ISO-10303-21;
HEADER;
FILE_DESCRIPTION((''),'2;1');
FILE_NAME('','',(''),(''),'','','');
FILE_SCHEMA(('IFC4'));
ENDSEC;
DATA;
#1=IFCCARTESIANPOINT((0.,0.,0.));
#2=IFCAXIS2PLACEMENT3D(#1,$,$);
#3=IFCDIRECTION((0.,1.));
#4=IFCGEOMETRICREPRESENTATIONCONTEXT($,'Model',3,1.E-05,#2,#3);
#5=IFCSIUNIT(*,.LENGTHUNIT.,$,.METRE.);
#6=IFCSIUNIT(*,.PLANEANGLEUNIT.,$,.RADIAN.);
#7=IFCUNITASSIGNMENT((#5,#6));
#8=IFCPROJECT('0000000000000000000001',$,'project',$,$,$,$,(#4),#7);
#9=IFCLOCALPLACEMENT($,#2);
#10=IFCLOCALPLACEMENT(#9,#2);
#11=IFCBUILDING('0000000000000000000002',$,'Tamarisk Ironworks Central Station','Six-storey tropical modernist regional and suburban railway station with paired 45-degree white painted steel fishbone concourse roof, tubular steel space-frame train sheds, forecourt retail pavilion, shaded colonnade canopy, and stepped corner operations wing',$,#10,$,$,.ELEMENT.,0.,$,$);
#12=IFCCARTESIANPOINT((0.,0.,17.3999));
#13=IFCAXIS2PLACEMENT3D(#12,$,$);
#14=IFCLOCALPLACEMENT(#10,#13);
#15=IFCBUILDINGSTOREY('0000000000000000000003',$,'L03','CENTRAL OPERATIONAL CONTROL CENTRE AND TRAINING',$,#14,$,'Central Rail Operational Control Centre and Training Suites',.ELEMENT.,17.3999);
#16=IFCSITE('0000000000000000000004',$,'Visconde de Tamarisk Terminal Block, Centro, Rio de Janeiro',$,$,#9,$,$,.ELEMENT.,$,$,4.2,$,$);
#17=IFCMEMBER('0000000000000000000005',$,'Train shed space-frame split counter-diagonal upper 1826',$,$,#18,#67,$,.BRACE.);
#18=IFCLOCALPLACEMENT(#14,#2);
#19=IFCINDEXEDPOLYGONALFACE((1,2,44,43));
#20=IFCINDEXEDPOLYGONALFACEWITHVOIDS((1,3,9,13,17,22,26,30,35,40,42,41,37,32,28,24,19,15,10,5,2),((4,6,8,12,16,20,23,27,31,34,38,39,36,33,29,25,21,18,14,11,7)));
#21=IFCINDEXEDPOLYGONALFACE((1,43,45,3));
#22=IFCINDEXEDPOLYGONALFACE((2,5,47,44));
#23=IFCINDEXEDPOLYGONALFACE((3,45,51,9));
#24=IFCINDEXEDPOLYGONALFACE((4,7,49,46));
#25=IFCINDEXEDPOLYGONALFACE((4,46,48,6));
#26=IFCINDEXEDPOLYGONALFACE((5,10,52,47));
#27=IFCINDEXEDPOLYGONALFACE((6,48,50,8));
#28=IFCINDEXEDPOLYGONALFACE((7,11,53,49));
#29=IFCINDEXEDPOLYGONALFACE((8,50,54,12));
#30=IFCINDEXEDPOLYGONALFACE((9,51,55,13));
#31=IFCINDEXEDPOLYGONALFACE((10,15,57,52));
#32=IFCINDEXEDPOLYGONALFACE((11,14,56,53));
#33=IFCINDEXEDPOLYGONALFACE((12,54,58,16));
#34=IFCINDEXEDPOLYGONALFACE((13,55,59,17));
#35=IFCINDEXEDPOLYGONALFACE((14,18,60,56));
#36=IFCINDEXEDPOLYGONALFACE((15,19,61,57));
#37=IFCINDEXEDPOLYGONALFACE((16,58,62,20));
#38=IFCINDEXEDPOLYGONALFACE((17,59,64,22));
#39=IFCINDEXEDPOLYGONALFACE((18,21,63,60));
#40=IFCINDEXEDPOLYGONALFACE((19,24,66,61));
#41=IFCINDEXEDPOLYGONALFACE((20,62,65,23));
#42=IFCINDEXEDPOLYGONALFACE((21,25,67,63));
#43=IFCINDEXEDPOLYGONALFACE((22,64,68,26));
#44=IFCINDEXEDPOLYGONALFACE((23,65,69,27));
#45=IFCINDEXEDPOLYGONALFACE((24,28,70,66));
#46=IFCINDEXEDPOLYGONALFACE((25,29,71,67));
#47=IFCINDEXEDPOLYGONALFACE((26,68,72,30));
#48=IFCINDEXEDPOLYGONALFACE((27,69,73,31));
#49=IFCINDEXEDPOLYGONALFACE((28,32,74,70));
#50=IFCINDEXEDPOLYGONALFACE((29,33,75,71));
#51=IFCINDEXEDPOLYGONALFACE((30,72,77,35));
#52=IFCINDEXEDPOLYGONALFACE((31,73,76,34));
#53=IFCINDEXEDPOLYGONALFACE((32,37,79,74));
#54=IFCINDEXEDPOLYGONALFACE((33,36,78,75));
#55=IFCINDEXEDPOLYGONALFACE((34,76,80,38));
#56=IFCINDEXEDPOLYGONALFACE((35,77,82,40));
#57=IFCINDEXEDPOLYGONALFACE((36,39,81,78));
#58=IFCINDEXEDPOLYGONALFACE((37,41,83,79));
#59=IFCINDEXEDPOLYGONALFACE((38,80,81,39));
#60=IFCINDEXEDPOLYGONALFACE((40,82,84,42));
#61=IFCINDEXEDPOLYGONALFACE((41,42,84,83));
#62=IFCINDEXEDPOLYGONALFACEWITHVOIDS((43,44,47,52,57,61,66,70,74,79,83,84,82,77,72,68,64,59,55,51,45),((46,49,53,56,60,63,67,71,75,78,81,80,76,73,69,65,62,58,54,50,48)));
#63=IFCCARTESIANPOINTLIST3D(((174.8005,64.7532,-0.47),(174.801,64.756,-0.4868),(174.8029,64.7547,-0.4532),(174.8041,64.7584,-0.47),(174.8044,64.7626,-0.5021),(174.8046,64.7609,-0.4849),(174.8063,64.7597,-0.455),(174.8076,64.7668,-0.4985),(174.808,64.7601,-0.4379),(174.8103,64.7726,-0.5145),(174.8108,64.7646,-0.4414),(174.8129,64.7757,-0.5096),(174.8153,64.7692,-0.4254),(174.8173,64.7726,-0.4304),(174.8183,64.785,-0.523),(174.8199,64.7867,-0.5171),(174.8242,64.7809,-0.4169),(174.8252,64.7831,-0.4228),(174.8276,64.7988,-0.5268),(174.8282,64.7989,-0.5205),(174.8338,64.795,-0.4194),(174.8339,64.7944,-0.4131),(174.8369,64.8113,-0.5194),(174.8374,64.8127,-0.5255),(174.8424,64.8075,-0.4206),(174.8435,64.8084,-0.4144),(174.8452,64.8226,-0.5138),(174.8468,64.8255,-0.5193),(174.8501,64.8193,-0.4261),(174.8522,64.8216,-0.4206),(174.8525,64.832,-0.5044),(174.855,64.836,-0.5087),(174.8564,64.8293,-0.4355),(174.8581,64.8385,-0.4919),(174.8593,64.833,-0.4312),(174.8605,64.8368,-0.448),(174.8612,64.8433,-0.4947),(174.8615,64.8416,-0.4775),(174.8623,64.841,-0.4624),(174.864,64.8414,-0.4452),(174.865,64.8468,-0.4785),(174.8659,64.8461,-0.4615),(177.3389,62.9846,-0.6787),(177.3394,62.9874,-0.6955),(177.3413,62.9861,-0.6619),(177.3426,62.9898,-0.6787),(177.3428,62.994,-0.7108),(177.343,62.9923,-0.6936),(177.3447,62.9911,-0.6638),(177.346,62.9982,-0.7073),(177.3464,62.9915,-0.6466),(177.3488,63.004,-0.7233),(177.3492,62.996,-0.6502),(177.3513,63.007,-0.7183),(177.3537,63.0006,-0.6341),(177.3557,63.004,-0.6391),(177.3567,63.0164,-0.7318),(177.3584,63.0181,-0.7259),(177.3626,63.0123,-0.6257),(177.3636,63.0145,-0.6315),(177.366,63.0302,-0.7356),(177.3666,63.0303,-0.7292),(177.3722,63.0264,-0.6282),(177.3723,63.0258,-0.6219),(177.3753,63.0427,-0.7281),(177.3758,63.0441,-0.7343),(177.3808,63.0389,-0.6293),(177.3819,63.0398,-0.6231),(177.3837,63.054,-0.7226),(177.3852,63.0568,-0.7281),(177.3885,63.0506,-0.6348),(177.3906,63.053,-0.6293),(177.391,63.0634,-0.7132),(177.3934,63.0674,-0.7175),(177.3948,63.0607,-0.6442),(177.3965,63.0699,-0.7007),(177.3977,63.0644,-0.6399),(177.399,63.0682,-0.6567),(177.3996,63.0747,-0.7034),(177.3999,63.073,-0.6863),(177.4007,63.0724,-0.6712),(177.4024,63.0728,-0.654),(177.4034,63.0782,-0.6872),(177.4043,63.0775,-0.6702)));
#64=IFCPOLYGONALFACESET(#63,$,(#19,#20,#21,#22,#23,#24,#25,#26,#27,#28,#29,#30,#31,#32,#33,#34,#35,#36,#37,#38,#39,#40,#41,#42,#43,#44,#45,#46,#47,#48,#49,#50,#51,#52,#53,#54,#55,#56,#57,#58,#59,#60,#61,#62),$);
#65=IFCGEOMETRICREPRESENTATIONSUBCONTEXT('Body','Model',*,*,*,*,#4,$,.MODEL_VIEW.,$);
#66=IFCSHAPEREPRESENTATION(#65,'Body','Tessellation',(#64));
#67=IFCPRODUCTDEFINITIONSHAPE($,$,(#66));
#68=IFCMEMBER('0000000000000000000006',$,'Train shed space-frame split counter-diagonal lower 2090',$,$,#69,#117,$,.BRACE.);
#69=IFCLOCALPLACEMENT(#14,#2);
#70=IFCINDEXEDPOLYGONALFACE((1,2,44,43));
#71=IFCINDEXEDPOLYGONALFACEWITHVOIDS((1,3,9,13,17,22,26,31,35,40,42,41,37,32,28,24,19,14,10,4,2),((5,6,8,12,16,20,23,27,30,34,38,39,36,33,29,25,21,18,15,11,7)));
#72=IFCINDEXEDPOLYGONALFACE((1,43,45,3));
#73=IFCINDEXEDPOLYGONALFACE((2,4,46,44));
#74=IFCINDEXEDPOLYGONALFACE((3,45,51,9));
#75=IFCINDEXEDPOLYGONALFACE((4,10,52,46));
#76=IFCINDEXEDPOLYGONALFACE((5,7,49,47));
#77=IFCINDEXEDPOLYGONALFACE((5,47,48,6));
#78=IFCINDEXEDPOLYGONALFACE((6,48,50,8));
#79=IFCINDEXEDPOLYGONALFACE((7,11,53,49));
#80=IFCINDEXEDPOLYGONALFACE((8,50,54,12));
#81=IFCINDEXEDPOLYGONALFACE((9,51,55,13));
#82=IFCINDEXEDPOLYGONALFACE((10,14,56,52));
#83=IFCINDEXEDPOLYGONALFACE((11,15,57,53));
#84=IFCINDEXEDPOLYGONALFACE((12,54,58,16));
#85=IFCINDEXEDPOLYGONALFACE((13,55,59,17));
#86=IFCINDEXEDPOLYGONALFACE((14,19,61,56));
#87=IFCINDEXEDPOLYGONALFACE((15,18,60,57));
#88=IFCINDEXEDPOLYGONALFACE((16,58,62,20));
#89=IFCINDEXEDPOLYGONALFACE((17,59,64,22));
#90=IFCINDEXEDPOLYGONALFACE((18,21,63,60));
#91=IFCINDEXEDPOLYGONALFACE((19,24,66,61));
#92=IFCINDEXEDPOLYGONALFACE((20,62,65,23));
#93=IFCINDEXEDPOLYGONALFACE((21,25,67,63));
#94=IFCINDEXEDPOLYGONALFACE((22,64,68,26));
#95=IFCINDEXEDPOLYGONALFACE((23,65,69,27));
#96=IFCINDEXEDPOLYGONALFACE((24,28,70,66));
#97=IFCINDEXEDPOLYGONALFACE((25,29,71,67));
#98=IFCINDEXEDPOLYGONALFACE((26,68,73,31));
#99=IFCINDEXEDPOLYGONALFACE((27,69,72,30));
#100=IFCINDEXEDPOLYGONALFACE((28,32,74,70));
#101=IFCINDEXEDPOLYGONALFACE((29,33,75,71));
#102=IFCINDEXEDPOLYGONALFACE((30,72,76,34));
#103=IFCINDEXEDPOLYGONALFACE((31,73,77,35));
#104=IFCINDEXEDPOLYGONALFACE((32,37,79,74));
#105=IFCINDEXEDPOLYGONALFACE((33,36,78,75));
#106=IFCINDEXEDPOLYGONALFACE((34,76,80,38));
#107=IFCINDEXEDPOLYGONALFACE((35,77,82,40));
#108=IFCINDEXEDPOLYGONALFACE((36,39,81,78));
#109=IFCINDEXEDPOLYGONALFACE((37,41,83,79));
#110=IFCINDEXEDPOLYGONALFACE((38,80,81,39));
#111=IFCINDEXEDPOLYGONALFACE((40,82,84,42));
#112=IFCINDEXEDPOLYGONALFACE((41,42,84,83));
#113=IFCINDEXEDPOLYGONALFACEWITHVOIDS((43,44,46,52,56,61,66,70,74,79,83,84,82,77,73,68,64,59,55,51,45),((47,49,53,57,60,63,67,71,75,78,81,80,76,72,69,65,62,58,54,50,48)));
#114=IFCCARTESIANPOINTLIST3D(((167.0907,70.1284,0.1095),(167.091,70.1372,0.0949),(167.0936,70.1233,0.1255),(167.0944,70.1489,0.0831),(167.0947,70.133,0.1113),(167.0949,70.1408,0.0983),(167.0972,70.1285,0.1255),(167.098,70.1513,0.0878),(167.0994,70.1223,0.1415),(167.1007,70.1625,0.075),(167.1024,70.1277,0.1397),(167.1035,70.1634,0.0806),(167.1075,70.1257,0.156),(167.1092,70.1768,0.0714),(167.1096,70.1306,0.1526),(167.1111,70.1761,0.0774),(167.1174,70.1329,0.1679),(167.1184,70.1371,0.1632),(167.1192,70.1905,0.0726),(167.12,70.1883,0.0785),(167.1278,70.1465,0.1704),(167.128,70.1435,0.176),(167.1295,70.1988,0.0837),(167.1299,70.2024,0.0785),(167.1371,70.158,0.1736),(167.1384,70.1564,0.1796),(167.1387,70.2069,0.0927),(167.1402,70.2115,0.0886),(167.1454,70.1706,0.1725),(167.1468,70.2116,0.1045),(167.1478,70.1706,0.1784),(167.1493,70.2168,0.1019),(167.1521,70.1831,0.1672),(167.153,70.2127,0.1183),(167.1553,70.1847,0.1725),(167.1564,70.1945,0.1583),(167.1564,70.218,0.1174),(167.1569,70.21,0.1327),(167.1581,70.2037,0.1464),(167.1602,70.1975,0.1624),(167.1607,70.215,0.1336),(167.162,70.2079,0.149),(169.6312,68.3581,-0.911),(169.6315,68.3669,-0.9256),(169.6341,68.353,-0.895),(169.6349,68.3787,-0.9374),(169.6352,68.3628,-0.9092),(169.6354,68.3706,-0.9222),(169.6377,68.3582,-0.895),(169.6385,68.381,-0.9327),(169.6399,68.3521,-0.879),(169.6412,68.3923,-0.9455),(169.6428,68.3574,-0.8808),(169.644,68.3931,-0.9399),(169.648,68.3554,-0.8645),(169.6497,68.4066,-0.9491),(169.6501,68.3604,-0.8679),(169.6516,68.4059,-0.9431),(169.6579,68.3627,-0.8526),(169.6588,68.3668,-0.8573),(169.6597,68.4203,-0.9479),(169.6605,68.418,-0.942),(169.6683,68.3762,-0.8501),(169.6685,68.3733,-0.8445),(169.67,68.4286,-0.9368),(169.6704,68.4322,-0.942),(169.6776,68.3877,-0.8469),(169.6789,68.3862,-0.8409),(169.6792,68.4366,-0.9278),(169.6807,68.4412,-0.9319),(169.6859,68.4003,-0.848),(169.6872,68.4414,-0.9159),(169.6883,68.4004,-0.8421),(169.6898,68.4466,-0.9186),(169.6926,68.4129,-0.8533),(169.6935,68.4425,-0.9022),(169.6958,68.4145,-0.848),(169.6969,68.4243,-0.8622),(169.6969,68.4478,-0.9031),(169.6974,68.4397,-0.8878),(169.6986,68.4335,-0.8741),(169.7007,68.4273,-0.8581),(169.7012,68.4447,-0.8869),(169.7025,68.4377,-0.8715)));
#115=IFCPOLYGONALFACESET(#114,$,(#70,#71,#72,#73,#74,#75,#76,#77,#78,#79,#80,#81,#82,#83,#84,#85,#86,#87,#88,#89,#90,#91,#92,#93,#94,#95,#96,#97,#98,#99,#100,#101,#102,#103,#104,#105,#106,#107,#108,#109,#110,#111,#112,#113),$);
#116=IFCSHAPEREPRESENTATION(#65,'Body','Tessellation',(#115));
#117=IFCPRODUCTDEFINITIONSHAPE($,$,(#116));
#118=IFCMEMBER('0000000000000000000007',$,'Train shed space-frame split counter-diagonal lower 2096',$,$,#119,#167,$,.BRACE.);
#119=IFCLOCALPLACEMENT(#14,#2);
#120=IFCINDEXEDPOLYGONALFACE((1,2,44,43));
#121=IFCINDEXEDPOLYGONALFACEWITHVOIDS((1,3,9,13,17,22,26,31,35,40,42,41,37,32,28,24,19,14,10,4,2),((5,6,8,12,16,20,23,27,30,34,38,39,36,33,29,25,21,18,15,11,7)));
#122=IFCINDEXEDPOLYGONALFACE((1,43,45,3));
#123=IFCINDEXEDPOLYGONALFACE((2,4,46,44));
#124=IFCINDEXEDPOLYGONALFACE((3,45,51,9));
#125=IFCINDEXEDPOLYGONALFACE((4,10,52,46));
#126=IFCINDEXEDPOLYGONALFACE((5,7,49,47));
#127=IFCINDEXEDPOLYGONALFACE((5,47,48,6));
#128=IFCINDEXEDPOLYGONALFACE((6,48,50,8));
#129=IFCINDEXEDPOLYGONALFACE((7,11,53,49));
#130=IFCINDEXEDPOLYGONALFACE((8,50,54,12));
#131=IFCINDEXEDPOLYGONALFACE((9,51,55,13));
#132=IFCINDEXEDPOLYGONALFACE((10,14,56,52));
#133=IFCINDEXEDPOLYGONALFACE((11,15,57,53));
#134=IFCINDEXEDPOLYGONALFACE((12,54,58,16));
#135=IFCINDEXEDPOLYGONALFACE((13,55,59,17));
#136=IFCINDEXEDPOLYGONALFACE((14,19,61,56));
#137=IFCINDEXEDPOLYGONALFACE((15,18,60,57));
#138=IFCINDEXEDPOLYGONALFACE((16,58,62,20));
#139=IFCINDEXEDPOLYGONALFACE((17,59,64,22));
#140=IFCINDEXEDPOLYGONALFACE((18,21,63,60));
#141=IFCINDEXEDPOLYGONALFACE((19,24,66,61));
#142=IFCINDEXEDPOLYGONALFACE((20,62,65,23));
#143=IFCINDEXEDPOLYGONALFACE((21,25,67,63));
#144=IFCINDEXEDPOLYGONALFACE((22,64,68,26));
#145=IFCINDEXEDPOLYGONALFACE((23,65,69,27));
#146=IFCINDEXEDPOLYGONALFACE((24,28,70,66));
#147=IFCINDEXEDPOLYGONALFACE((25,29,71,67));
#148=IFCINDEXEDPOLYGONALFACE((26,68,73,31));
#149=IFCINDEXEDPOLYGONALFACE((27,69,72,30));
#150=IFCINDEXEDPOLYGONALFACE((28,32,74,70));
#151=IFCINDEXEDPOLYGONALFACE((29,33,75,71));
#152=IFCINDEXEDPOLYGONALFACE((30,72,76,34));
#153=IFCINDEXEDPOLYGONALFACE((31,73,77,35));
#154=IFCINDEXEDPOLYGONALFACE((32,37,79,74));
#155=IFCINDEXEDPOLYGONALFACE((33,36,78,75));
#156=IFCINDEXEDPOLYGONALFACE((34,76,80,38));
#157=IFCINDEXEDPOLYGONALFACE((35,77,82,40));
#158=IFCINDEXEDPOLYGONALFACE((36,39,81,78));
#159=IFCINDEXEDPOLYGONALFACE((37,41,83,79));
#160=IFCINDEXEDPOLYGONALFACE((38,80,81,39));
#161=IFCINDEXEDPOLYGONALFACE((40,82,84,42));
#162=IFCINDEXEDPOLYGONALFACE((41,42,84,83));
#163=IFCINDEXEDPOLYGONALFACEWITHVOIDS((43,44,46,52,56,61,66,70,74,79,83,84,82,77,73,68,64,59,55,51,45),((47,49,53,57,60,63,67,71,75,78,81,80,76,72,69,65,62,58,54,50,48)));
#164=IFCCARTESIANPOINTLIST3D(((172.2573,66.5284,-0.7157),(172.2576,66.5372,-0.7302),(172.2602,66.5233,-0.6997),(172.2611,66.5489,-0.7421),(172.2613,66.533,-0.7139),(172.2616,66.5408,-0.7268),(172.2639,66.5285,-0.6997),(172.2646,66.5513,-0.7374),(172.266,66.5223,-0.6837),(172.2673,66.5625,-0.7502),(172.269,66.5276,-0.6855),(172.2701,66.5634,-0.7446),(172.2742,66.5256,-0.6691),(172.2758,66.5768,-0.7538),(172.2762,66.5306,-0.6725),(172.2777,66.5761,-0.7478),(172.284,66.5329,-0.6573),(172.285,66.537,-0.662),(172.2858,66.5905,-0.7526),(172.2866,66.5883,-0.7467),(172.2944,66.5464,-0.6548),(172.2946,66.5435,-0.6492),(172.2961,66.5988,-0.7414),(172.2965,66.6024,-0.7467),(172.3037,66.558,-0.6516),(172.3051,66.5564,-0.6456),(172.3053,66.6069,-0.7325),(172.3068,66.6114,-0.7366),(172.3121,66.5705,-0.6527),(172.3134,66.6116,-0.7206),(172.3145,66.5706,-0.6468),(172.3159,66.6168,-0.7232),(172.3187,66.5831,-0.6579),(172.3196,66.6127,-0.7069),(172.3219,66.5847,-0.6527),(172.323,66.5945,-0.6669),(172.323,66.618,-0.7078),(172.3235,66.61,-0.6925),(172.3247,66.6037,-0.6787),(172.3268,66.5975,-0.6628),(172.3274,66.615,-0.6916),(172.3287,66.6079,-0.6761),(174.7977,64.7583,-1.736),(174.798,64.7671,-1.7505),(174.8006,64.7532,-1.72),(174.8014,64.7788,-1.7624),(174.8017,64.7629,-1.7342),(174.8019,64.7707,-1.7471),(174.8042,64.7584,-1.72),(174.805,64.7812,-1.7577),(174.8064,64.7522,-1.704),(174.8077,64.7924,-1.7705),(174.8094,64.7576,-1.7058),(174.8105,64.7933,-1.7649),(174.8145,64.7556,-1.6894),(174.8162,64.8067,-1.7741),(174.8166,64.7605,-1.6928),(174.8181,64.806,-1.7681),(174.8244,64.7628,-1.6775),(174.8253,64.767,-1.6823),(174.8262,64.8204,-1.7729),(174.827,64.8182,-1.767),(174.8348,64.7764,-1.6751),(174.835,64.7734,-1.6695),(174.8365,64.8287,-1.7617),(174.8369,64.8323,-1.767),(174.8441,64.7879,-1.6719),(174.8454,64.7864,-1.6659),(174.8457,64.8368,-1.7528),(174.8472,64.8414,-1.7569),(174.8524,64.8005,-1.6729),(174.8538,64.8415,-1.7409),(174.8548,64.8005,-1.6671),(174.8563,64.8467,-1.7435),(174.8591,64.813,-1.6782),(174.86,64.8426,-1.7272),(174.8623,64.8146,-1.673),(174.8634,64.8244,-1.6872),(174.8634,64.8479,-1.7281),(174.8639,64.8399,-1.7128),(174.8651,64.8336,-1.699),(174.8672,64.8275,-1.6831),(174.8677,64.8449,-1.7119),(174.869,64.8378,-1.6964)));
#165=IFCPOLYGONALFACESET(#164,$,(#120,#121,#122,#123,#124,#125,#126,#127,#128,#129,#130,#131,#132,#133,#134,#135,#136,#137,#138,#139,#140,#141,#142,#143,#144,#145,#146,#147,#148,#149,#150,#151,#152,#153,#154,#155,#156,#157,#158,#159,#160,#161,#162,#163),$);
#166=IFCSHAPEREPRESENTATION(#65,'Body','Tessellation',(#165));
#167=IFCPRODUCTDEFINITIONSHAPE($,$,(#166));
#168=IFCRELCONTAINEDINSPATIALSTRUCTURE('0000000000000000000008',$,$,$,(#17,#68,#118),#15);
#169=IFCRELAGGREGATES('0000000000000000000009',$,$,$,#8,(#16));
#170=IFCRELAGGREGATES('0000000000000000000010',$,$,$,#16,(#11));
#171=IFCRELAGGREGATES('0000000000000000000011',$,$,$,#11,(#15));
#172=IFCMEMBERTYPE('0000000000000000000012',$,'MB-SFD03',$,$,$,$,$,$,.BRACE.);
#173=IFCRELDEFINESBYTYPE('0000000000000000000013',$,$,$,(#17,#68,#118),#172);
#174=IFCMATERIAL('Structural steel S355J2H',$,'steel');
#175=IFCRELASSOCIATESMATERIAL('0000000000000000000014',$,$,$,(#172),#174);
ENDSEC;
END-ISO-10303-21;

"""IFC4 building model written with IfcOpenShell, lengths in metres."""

from ifc_helpers import new_model, si_unit, direction, frame, origin, origin_2d, place, context, subcontext, project, spatial, hollow_circle, extrude, material, material_profile, profile_set, type_object, element, save


model = new_model("IFC4")

# Units and contexts
model_context = context("Model", 3, precision=1e-05, world=origin(), true_north=direction((0.0, 1.0)))
body_context = subcontext(model_context, "Body", "Model", "MODEL_VIEW")
ifc_project = project(units=[si_unit("LENGTHUNIT", "METRE"), si_unit("PLANEANGLEUNIT", "RADIAN")], contexts=[model_context])

# Site, building, storey
site_placement = place(None, origin())
site = spatial("IfcSite", under=ifc_project, at=site_placement, Name="Visconde de Tamarisk Terminal Block, Centro, Rio de Janeiro", CompositionType="ELEMENT", RefElevation=4.2)
building_placement = place(site_placement, origin())
building = spatial("IfcBuilding", under=site, at=building_placement, Name="Tamarisk Ironworks Central Station", Description="Six-storey tropical modernist regional and suburban railway station with paired 45-degree white painted steel fishbone concourse roof, tubular steel space-frame train sheds, forecourt retail pavilion, shaded colonnade canopy, and stepped corner operations wing", CompositionType="ELEMENT", ElevationOfRefHeight=0.0)
storey_placement = place(building_placement, frame((0.0, 0.0, 17.3999)))
storey = spatial("IfcBuildingStorey", under=building, at=storey_placement, Name="L03", Description="CENTRAL OPERATIONAL CONTROL CENTRE AND TRAINING", LongName="Central Rail Operational Control Centre and Training Suites", CompositionType="ELEMENT", Elevation=17.3999)

# Members
ifc_material = material(Name="Structural steel S355J2H", Category="steel")
ifc_material_profile_1 = material_profile(ifc_material, hollow_circle(Radius=0.0571, WallThickness=0.0063, at=origin_2d()), Name="CHS 114.3x6.3")
ifc_profile_set_1 = profile_set([ifc_material_profile_1], Name="Structural steel S355J2H")
member_type_1 = type_object("IfcMemberType", Name="MB-SFD03", PredefinedType="BRACE", material=ifc_profile_set_1)
for number, where, z_axis, x_axis, name in (
    (1, (177.3716, 63.0315, -0.6787), (-0.818625, 0.570369, 0.06732), (-0.571666, -0.820487, 0.0), "Train shed space-frame split counter-diagonal upper 1826"),
):
    element("IfcMember", number, at=place(storey_placement, frame(where, z_axis=z_axis, x_axis=x_axis)), inside=storey, type_object=member_type_1, Name=name, PredefinedType="BRACE", context=body_context, shape_type="SweptSolid", body=[
        extrude(hollow_circle(Radius=0.0571, WallThickness=0.0063, at=origin_2d()), origin(), (0.0, 0.0, 1.0), 3.1008),
    ])
member_1_placement = place(storey_placement, frame((169.6667, 68.3999, -0.895), z_axis=(-0.779231, 0.542976, 0.313011), x_axis=(-0.571704, -0.82046, 0.0)))
element("IfcMember", 2, at=member_1_placement, inside=storey, type_object=member_type_1, Name="Train shed space-frame split counter-diagonal lower 2090", PredefinedType="BRACE", context=body_context, shape_type="SweptSolid", body=[
    extrude(hollow_circle(Radius=0.0571, WallThickness=0.0063, at=origin_2d()), origin(), (0.0, 0.0, 1.0), 3.2603),
])
for number, where, z_axis, x_axis, name in (
    (3, (174.8333, 64.8, -1.72), (-0.779252, 0.542967, 0.312974), (-0.571688, -0.820471, 0.0), "Train shed space-frame split counter-diagonal lower 2096"),
):
    element("IfcMember", number, at=place(storey_placement, frame(where, z_axis=z_axis, x_axis=x_axis)), inside=storey, type_object=member_type_1, Name=name, PredefinedType="BRACE", context=body_context, shape_type="SweptSolid", body=[
        extrude(hollow_circle(Radius=0.0571, WallThickness=0.0063, at=origin_2d()), origin(), (0.0, 0.0, 1.0), 3.26),
    ])

save(model, "model.ifc")
